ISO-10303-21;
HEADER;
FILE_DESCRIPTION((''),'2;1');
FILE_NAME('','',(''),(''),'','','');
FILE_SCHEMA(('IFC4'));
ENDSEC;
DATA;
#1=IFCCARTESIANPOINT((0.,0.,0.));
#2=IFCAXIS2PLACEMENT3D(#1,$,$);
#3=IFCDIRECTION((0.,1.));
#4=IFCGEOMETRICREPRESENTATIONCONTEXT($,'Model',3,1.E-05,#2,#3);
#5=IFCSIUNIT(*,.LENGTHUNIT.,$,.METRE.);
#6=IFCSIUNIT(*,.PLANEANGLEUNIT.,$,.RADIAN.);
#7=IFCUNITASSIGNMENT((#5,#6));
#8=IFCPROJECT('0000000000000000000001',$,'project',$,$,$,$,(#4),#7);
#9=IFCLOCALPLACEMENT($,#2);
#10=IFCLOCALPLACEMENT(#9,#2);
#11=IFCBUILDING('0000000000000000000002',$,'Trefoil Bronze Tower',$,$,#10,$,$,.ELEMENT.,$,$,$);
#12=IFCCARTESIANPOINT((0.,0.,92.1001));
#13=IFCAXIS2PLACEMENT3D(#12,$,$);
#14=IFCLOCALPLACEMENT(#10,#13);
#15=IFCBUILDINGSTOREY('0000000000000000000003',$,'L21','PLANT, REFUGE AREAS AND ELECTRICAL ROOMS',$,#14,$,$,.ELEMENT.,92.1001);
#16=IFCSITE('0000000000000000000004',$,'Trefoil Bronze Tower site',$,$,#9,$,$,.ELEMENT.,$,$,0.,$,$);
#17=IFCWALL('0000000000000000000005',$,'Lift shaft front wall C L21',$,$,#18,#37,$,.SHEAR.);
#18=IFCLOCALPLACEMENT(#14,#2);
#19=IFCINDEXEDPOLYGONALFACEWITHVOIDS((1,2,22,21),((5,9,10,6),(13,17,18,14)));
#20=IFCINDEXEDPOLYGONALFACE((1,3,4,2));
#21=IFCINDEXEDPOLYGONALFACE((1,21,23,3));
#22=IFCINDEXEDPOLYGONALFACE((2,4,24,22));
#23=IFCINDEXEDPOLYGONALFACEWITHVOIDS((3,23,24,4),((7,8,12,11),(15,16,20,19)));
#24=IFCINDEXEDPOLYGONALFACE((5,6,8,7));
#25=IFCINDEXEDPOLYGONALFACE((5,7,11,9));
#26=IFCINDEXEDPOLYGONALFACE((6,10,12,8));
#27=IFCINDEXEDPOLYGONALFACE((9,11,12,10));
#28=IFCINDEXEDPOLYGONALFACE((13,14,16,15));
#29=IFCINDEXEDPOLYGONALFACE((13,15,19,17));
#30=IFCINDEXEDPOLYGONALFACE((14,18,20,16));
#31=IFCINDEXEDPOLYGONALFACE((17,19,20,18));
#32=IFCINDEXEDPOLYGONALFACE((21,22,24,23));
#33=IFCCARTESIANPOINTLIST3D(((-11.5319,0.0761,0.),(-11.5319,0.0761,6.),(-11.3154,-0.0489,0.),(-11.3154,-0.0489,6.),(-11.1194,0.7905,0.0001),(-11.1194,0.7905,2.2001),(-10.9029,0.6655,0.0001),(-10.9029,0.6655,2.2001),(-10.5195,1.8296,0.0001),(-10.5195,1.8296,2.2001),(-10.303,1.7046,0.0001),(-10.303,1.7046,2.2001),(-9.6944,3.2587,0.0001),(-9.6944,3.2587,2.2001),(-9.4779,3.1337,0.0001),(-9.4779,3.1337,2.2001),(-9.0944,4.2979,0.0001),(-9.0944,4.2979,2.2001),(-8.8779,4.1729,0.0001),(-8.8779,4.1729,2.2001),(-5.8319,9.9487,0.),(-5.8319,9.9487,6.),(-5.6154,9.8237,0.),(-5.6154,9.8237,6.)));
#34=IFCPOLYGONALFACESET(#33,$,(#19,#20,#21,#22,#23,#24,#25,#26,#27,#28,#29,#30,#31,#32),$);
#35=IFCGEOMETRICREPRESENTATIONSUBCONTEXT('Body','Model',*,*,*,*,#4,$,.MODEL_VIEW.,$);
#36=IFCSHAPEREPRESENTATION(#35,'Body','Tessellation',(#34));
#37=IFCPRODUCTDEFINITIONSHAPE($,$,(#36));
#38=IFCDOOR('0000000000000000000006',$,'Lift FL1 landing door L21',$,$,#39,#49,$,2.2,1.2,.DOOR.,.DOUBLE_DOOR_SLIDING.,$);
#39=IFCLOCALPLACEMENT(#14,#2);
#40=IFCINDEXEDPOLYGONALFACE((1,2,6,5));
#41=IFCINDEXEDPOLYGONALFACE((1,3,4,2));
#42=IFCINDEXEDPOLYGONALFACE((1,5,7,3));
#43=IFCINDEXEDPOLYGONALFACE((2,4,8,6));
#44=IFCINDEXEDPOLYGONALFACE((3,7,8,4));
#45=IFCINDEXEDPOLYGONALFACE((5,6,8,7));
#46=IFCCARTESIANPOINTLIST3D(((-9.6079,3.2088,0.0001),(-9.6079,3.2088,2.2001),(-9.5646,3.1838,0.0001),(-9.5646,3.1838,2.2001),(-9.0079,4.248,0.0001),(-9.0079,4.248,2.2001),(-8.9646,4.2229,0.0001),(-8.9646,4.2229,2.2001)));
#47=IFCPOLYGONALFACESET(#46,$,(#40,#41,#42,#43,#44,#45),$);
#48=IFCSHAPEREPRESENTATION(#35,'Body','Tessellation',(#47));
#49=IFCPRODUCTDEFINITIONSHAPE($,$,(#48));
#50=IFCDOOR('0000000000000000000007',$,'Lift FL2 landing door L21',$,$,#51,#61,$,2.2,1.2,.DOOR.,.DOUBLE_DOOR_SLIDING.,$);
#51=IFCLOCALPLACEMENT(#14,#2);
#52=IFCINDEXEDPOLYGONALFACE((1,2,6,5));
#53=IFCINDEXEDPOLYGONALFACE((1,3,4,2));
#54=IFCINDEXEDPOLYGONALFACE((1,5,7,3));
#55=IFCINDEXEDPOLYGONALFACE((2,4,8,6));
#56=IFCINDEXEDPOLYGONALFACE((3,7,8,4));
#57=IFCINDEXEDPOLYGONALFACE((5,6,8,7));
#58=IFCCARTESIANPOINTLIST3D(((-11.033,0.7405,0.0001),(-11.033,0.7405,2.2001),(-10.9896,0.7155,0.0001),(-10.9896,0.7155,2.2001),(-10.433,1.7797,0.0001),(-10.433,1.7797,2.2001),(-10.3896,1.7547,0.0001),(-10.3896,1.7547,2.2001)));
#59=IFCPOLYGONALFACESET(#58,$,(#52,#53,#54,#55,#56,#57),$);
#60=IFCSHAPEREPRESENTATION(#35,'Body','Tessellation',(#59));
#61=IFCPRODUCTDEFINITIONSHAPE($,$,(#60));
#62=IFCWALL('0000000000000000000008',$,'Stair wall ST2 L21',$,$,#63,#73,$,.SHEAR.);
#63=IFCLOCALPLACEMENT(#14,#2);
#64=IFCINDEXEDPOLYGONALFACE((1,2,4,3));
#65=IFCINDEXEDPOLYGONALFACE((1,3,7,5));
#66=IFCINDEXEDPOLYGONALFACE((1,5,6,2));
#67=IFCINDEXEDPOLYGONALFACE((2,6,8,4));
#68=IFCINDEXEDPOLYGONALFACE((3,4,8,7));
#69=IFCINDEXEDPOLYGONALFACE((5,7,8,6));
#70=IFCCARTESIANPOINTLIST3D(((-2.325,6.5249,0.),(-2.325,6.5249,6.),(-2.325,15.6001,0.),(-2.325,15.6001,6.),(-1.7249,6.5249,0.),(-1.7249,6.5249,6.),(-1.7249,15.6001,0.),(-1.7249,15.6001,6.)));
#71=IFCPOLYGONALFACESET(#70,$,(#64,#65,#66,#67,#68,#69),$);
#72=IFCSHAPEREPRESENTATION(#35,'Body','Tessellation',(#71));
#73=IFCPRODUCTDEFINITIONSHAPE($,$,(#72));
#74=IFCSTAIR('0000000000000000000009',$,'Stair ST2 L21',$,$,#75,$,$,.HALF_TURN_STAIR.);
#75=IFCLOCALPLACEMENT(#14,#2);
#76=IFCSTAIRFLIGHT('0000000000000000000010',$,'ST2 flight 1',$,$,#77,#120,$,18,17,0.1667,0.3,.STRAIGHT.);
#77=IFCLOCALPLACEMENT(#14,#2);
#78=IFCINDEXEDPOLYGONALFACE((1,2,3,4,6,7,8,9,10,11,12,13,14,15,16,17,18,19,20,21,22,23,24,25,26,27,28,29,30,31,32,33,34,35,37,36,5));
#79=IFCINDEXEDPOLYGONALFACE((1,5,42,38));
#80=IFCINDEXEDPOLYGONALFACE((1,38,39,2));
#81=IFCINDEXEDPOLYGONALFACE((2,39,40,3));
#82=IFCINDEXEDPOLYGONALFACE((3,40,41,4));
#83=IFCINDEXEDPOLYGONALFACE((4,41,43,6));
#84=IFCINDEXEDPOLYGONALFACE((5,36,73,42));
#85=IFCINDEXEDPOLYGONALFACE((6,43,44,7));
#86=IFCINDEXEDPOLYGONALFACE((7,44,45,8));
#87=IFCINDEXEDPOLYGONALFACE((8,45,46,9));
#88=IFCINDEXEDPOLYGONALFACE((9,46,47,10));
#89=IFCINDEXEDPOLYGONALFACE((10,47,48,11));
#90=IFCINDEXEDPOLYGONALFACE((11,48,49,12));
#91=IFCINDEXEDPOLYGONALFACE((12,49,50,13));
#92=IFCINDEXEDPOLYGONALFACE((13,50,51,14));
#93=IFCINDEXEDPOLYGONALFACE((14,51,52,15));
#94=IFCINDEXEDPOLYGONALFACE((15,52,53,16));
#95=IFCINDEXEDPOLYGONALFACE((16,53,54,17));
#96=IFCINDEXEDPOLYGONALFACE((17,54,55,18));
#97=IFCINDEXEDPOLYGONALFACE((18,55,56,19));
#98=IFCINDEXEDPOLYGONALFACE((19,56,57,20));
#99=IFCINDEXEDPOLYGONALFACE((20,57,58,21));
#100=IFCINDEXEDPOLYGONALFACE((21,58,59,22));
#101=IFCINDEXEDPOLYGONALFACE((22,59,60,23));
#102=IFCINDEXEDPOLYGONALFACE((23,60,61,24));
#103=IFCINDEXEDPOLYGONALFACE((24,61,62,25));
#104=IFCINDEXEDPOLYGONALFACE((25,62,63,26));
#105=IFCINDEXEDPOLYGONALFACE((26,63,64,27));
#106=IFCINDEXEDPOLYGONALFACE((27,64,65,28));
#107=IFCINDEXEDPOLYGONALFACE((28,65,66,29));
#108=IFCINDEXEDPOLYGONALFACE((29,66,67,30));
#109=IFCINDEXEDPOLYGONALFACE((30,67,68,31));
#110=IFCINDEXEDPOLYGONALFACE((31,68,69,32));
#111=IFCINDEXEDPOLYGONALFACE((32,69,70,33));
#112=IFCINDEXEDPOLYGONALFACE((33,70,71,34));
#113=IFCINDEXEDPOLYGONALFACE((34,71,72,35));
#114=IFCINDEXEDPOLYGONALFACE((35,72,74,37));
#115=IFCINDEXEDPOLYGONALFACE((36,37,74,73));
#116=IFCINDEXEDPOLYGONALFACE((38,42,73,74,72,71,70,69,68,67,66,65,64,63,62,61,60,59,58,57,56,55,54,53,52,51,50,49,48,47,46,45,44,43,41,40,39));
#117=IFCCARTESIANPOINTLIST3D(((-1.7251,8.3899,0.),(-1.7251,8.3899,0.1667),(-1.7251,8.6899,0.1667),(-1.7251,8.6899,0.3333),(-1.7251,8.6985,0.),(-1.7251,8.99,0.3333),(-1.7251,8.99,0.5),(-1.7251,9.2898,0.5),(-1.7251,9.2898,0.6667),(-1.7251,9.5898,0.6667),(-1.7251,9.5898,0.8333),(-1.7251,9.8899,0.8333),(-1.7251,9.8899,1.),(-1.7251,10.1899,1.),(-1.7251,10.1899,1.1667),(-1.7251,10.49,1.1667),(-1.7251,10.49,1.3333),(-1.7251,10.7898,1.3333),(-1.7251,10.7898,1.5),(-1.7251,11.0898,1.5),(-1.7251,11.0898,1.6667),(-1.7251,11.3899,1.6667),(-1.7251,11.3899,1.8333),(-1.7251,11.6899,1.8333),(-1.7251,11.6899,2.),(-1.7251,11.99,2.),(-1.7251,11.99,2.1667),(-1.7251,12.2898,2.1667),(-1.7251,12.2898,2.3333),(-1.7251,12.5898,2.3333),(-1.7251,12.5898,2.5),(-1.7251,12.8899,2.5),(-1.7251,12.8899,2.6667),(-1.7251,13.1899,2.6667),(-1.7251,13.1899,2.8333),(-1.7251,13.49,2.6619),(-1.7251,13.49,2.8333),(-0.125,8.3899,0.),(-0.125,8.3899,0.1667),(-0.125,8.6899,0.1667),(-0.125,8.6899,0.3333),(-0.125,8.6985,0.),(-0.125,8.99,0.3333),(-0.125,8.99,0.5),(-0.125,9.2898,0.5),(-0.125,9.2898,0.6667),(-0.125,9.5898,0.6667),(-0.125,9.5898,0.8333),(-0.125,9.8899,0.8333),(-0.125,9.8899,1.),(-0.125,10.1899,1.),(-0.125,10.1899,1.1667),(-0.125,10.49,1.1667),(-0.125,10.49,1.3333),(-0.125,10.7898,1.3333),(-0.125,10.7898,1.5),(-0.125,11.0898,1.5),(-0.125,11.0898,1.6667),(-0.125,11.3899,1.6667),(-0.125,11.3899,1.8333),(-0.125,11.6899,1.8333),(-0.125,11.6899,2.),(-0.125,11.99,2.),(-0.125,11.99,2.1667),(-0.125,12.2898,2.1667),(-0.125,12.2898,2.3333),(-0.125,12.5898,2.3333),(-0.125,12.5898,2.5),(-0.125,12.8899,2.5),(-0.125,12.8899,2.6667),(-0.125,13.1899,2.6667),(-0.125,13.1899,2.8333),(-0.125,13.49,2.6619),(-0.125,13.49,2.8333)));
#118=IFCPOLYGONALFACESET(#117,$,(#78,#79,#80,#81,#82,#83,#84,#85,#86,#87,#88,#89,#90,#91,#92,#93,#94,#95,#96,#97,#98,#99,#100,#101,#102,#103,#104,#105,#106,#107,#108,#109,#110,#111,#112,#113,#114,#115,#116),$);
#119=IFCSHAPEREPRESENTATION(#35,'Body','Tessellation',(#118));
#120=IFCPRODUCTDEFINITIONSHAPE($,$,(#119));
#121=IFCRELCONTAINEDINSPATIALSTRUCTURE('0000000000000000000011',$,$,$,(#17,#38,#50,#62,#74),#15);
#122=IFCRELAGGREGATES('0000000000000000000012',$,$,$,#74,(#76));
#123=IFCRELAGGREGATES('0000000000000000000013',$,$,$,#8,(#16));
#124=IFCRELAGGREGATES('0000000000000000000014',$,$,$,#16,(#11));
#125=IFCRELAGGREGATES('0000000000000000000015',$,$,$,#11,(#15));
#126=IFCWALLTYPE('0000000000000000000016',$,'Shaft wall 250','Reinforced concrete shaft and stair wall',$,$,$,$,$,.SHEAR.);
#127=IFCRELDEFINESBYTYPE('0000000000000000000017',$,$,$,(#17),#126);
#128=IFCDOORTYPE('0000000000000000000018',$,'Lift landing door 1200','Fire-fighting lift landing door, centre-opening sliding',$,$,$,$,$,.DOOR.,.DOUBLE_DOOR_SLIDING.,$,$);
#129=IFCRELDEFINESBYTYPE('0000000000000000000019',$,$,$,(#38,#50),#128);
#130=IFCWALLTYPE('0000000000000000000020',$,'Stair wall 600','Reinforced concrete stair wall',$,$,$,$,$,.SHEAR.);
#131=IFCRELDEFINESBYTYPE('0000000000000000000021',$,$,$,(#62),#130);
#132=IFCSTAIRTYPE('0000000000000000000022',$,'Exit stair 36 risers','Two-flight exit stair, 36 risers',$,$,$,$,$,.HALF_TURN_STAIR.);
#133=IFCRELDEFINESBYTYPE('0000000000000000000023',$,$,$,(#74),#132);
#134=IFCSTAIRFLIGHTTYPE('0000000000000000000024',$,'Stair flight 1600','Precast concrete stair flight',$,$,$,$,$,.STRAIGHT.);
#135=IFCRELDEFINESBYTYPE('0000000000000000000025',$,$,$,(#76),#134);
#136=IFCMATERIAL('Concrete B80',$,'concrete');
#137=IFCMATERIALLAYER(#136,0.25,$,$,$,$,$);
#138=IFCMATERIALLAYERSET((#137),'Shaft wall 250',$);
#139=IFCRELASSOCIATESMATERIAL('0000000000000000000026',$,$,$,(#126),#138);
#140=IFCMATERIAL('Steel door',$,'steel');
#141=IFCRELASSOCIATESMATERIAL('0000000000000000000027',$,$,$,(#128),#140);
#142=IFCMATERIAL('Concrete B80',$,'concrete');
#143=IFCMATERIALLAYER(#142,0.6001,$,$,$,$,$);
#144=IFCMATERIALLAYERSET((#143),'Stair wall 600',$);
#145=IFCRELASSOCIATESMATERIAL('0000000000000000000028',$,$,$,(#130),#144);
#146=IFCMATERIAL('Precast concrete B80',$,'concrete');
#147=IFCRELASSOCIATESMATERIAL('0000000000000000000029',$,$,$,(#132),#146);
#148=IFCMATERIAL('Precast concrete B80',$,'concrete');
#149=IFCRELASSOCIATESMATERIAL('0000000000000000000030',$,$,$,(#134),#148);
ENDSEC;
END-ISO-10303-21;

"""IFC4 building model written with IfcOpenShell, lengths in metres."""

from ifc_helpers import new_model, si_unit, direction, frame, frame_2d, origin, place, context, subcontext, project, spatial, polyline, rectangle, outline, extrude, material, layer, layer_set, type_object, element, fill, aggregate, save


model = new_model("IFC4")

# Units and contexts
model_context = context("Model", 3, precision=1e-05, world=origin(), true_north=direction((0.0, 1.0)))
body_context = subcontext(model_context, "Body", "Model", "MODEL_VIEW")
ifc_project = project(units=[si_unit("LENGTHUNIT", "METRE"), si_unit("PLANEANGLEUNIT", "RADIAN")], contexts=[model_context])

# Site, building, storey
site_placement = place(None, origin())
site = spatial("IfcSite", under=ifc_project, at=site_placement, Name="Trefoil Bronze Tower site", CompositionType="ELEMENT", RefElevation=0.0)
building_placement = place(site_placement, origin())
building = spatial("IfcBuilding", under=site, at=building_placement, Name="Trefoil Bronze Tower", CompositionType="ELEMENT")
storey_placement = place(building_placement, frame((0.0, 0.0, 92.1001)))
storey = spatial("IfcBuildingStorey", under=building, at=storey_placement, Name="L21", Description="PLANT, REFUGE AREAS AND ELECTRICAL ROOMS", CompositionType="ELEMENT", Elevation=92.1001)

# Wall, openings, doors
ifc_material_1 = material(Name="Concrete B80", Category="concrete")
ifc_layer_1 = layer(ifc_material_1, 0.25)
ifc_layer_set_1 = layer_set([ifc_layer_1], Name="Shaft wall 250")
wall_type_1 = type_object("IfcWallType", Name="Shaft wall 250", Description="Reinforced concrete shaft and stair wall", PredefinedType="SHEAR", material=ifc_layer_set_1)
wall_1_placement = place(storey_placement, frame((-5.7236, 9.8862, 0.0), z_axis=(0.0, 0.0, 1.0), x_axis=(-0.500002, -0.866024, 0.0)))
wall_1 = element("IfcWall", 1, at=wall_1_placement, inside=storey, type_object=wall_type_1, Name="Lift shaft front wall C L21", PredefinedType="SHEAR", context=body_context, shape_type="SweptSolid", body=[
    extrude(rectangle(XDim=11.3999, YDim=0.25, at=frame_2d((5.7, 0.0))), origin(), (0.0, 0.0, 1.0), 6.0),
])
opening_1_placement = place(wall_1_placement, frame((6.5249, 0.0, 0.0)))
opening_1 = element("IfcOpeningElement", 2, at=opening_1_placement, cuts=wall_1, PredefinedType="OPENING", context=body_context, shape_type="SweptSolid", body=[
    extrude(rectangle(XDim=1.2, YDim=2.2, at=frame_2d((0.6001, 1.1001))), frame((0.0, 0.135, 0.0), z_axis=(0.0, -1.0, 0.0), x_axis=(1.0, 0.0, 0.0)), (0.0, 0.0, 1.0), 0.27),
])
opening_2_placement = place(wall_1_placement, frame((9.375, 0.0, 0.0)))
opening_2 = element("IfcOpeningElement", 3, at=opening_2_placement, cuts=wall_1, PredefinedType="OPENING", context=body_context, shape_type="SweptSolid", body=[
    extrude(rectangle(XDim=1.2, YDim=2.2, at=frame_2d((0.6001, 1.1001))), frame((0.0, 0.135, 0.0), z_axis=(0.0, -1.0, 0.0), x_axis=(1.0, 0.0, 0.0)), (0.0, 0.0, 1.0), 0.27),
])
ifc_material_2 = material(Name="Steel door", Category="steel")
door_type_1 = type_object("IfcDoorType", Name="Lift landing door 1200", Description="Fire-fighting lift landing door, centre-opening sliding", OperationType="DOUBLE_DOOR_SLIDING", PredefinedType="DOOR", material=ifc_material_2)
door_1_placement = place(opening_1_placement, origin())
door_1 = element("IfcDoor", 4, at=door_1_placement, inside=storey, type_object=door_type_1, Name="Lift FL1 landing door L21", OperationType="DOUBLE_DOOR_SLIDING", OverallHeight=2.2, OverallWidth=1.2, PredefinedType="DOOR", context=body_context, shape_type="SweptSolid", body=[
    extrude(rectangle(XDim=1.2, YDim=2.2, at=frame_2d((0.6001, 1.1001))), frame((0.0, 0.0249, 0.0), z_axis=(0.0, -1.0, 0.0), x_axis=(1.0, 0.0, 0.0)), (0.0, 0.0, 1.0), 0.05),
])
fill(opening_1, door_1)
door_2_placement = place(opening_2_placement, origin())
door_2 = element("IfcDoor", 5, at=door_2_placement, inside=storey, type_object=door_type_1, Name="Lift FL2 landing door L21", OperationType="DOUBLE_DOOR_SLIDING", OverallHeight=2.2, OverallWidth=1.2, PredefinedType="DOOR", context=body_context, shape_type="SweptSolid", body=[
    extrude(rectangle(XDim=1.2, YDim=2.2, at=frame_2d((0.6001, 1.1001))), frame((0.0, 0.0249, 0.0), z_axis=(0.0, -1.0, 0.0), x_axis=(1.0, 0.0, 0.0)), (0.0, 0.0, 1.0), 0.05),
])
fill(opening_2, door_2)

# Wall
ifc_material_3 = material(Name="Concrete B80", Category="concrete")
ifc_layer_2 = layer(ifc_material_3, 0.6001)
ifc_layer_set_2 = layer_set([ifc_layer_2], Name="Stair wall 600")
wall_type_2 = type_object("IfcWallType", Name="Stair wall 600", Description="Reinforced concrete stair wall", PredefinedType="SHEAR", material=ifc_layer_set_2)
wall_2_placement = place(storey_placement, frame((-2.0249, 6.5249, 0.0), z_axis=(0.0, 0.0, 1.0), x_axis=(0.0, 1.0, 0.0)))
element("IfcWall", 6, at=wall_2_placement, inside=storey, type_object=wall_type_2, Name="Stair wall ST2 L21", PredefinedType="SHEAR", context=body_context, shape_type="SweptSolid", body=[
    extrude(rectangle(XDim=9.0752, YDim=0.6001, at=frame_2d((4.5376, 0.0))), origin(), (0.0, 0.0, 1.0), 6.0),
])

# Stair, stair flight
ifc_material_4 = material(Name="Precast concrete B80", Category="concrete")
stair_type = type_object("IfcStairType", Name="Exit stair 36 risers", Description="Two-flight exit stair, 36 risers", PredefinedType="HALF_TURN_STAIR", material=ifc_material_4)
stair_placement = place(storey_placement, origin())
stair = element("IfcStair", 7, at=stair_placement, inside=storey, type_object=stair_type, Name="Stair ST2 L21", PredefinedType="HALF_TURN_STAIR")
ifc_material_5 = material(Name="Precast concrete B80", Category="concrete")
stair_flight_type = type_object("IfcStairFlightType", Name="Stair flight 1600", Description="Precast concrete stair flight", PredefinedType="STRAIGHT", material=ifc_material_5)
stair_flight_placement = place(storey_placement, frame((-0.925, 8.3899, 0.0), z_axis=(0.0, 0.0, 1.0), x_axis=(0.0, 1.0, 0.0)))
stair_flight = element("IfcStairFlight", 8, at=stair_flight_placement, type_object=stair_flight_type, Name="ST2 flight 1", NumberOfRisers=18, NumberOfTreads=17, PredefinedType="STRAIGHT", RiserHeight=0.1667, TreadLength=0.3, context=body_context, shape_type="SweptSolid", body=[
    extrude(outline(polyline([(0.0, 0.0), (0.0, 0.1667), (0.3, 0.1667), (0.3, 0.3333), (0.6001, 0.3333), (0.6001, 0.5), (0.8999, 0.5), (0.8999, 0.6667), (1.2, 0.6667), (1.2, 0.8333), (1.5, 0.8333), (1.5, 1.0), (1.8, 1.0), (1.8, 1.1667), (2.1001, 1.1667), (2.1001, 1.3333), (2.3999, 1.3333), (2.3999, 1.5), (2.7, 1.5), (2.7, 1.6667), (3.0, 1.6667), (3.0, 1.8333), (3.3, 1.8333), (3.3, 2.0), (3.6001, 2.0), (3.6001, 2.1667), (3.8999, 2.1667), (3.8999, 2.3333), (4.2, 2.3333), (4.2, 2.5), (4.5, 2.5), (4.5, 2.6667), (4.8, 2.6667), (4.8, 2.8333), (5.1001, 2.8333), (5.1001, 3.0), (5.1001, 2.6619), (0.3086, 0.0), (0.0, 0.0)])), frame((0.0, 0.8, 0.0), z_axis=(0.0, -1.0, 0.0), x_axis=(1.0, 0.0, 0.0)), (0.0, 0.0, 1.0), 1.6001),
])
aggregate(stair, [stair_flight])

save(model, "model.ifc")
